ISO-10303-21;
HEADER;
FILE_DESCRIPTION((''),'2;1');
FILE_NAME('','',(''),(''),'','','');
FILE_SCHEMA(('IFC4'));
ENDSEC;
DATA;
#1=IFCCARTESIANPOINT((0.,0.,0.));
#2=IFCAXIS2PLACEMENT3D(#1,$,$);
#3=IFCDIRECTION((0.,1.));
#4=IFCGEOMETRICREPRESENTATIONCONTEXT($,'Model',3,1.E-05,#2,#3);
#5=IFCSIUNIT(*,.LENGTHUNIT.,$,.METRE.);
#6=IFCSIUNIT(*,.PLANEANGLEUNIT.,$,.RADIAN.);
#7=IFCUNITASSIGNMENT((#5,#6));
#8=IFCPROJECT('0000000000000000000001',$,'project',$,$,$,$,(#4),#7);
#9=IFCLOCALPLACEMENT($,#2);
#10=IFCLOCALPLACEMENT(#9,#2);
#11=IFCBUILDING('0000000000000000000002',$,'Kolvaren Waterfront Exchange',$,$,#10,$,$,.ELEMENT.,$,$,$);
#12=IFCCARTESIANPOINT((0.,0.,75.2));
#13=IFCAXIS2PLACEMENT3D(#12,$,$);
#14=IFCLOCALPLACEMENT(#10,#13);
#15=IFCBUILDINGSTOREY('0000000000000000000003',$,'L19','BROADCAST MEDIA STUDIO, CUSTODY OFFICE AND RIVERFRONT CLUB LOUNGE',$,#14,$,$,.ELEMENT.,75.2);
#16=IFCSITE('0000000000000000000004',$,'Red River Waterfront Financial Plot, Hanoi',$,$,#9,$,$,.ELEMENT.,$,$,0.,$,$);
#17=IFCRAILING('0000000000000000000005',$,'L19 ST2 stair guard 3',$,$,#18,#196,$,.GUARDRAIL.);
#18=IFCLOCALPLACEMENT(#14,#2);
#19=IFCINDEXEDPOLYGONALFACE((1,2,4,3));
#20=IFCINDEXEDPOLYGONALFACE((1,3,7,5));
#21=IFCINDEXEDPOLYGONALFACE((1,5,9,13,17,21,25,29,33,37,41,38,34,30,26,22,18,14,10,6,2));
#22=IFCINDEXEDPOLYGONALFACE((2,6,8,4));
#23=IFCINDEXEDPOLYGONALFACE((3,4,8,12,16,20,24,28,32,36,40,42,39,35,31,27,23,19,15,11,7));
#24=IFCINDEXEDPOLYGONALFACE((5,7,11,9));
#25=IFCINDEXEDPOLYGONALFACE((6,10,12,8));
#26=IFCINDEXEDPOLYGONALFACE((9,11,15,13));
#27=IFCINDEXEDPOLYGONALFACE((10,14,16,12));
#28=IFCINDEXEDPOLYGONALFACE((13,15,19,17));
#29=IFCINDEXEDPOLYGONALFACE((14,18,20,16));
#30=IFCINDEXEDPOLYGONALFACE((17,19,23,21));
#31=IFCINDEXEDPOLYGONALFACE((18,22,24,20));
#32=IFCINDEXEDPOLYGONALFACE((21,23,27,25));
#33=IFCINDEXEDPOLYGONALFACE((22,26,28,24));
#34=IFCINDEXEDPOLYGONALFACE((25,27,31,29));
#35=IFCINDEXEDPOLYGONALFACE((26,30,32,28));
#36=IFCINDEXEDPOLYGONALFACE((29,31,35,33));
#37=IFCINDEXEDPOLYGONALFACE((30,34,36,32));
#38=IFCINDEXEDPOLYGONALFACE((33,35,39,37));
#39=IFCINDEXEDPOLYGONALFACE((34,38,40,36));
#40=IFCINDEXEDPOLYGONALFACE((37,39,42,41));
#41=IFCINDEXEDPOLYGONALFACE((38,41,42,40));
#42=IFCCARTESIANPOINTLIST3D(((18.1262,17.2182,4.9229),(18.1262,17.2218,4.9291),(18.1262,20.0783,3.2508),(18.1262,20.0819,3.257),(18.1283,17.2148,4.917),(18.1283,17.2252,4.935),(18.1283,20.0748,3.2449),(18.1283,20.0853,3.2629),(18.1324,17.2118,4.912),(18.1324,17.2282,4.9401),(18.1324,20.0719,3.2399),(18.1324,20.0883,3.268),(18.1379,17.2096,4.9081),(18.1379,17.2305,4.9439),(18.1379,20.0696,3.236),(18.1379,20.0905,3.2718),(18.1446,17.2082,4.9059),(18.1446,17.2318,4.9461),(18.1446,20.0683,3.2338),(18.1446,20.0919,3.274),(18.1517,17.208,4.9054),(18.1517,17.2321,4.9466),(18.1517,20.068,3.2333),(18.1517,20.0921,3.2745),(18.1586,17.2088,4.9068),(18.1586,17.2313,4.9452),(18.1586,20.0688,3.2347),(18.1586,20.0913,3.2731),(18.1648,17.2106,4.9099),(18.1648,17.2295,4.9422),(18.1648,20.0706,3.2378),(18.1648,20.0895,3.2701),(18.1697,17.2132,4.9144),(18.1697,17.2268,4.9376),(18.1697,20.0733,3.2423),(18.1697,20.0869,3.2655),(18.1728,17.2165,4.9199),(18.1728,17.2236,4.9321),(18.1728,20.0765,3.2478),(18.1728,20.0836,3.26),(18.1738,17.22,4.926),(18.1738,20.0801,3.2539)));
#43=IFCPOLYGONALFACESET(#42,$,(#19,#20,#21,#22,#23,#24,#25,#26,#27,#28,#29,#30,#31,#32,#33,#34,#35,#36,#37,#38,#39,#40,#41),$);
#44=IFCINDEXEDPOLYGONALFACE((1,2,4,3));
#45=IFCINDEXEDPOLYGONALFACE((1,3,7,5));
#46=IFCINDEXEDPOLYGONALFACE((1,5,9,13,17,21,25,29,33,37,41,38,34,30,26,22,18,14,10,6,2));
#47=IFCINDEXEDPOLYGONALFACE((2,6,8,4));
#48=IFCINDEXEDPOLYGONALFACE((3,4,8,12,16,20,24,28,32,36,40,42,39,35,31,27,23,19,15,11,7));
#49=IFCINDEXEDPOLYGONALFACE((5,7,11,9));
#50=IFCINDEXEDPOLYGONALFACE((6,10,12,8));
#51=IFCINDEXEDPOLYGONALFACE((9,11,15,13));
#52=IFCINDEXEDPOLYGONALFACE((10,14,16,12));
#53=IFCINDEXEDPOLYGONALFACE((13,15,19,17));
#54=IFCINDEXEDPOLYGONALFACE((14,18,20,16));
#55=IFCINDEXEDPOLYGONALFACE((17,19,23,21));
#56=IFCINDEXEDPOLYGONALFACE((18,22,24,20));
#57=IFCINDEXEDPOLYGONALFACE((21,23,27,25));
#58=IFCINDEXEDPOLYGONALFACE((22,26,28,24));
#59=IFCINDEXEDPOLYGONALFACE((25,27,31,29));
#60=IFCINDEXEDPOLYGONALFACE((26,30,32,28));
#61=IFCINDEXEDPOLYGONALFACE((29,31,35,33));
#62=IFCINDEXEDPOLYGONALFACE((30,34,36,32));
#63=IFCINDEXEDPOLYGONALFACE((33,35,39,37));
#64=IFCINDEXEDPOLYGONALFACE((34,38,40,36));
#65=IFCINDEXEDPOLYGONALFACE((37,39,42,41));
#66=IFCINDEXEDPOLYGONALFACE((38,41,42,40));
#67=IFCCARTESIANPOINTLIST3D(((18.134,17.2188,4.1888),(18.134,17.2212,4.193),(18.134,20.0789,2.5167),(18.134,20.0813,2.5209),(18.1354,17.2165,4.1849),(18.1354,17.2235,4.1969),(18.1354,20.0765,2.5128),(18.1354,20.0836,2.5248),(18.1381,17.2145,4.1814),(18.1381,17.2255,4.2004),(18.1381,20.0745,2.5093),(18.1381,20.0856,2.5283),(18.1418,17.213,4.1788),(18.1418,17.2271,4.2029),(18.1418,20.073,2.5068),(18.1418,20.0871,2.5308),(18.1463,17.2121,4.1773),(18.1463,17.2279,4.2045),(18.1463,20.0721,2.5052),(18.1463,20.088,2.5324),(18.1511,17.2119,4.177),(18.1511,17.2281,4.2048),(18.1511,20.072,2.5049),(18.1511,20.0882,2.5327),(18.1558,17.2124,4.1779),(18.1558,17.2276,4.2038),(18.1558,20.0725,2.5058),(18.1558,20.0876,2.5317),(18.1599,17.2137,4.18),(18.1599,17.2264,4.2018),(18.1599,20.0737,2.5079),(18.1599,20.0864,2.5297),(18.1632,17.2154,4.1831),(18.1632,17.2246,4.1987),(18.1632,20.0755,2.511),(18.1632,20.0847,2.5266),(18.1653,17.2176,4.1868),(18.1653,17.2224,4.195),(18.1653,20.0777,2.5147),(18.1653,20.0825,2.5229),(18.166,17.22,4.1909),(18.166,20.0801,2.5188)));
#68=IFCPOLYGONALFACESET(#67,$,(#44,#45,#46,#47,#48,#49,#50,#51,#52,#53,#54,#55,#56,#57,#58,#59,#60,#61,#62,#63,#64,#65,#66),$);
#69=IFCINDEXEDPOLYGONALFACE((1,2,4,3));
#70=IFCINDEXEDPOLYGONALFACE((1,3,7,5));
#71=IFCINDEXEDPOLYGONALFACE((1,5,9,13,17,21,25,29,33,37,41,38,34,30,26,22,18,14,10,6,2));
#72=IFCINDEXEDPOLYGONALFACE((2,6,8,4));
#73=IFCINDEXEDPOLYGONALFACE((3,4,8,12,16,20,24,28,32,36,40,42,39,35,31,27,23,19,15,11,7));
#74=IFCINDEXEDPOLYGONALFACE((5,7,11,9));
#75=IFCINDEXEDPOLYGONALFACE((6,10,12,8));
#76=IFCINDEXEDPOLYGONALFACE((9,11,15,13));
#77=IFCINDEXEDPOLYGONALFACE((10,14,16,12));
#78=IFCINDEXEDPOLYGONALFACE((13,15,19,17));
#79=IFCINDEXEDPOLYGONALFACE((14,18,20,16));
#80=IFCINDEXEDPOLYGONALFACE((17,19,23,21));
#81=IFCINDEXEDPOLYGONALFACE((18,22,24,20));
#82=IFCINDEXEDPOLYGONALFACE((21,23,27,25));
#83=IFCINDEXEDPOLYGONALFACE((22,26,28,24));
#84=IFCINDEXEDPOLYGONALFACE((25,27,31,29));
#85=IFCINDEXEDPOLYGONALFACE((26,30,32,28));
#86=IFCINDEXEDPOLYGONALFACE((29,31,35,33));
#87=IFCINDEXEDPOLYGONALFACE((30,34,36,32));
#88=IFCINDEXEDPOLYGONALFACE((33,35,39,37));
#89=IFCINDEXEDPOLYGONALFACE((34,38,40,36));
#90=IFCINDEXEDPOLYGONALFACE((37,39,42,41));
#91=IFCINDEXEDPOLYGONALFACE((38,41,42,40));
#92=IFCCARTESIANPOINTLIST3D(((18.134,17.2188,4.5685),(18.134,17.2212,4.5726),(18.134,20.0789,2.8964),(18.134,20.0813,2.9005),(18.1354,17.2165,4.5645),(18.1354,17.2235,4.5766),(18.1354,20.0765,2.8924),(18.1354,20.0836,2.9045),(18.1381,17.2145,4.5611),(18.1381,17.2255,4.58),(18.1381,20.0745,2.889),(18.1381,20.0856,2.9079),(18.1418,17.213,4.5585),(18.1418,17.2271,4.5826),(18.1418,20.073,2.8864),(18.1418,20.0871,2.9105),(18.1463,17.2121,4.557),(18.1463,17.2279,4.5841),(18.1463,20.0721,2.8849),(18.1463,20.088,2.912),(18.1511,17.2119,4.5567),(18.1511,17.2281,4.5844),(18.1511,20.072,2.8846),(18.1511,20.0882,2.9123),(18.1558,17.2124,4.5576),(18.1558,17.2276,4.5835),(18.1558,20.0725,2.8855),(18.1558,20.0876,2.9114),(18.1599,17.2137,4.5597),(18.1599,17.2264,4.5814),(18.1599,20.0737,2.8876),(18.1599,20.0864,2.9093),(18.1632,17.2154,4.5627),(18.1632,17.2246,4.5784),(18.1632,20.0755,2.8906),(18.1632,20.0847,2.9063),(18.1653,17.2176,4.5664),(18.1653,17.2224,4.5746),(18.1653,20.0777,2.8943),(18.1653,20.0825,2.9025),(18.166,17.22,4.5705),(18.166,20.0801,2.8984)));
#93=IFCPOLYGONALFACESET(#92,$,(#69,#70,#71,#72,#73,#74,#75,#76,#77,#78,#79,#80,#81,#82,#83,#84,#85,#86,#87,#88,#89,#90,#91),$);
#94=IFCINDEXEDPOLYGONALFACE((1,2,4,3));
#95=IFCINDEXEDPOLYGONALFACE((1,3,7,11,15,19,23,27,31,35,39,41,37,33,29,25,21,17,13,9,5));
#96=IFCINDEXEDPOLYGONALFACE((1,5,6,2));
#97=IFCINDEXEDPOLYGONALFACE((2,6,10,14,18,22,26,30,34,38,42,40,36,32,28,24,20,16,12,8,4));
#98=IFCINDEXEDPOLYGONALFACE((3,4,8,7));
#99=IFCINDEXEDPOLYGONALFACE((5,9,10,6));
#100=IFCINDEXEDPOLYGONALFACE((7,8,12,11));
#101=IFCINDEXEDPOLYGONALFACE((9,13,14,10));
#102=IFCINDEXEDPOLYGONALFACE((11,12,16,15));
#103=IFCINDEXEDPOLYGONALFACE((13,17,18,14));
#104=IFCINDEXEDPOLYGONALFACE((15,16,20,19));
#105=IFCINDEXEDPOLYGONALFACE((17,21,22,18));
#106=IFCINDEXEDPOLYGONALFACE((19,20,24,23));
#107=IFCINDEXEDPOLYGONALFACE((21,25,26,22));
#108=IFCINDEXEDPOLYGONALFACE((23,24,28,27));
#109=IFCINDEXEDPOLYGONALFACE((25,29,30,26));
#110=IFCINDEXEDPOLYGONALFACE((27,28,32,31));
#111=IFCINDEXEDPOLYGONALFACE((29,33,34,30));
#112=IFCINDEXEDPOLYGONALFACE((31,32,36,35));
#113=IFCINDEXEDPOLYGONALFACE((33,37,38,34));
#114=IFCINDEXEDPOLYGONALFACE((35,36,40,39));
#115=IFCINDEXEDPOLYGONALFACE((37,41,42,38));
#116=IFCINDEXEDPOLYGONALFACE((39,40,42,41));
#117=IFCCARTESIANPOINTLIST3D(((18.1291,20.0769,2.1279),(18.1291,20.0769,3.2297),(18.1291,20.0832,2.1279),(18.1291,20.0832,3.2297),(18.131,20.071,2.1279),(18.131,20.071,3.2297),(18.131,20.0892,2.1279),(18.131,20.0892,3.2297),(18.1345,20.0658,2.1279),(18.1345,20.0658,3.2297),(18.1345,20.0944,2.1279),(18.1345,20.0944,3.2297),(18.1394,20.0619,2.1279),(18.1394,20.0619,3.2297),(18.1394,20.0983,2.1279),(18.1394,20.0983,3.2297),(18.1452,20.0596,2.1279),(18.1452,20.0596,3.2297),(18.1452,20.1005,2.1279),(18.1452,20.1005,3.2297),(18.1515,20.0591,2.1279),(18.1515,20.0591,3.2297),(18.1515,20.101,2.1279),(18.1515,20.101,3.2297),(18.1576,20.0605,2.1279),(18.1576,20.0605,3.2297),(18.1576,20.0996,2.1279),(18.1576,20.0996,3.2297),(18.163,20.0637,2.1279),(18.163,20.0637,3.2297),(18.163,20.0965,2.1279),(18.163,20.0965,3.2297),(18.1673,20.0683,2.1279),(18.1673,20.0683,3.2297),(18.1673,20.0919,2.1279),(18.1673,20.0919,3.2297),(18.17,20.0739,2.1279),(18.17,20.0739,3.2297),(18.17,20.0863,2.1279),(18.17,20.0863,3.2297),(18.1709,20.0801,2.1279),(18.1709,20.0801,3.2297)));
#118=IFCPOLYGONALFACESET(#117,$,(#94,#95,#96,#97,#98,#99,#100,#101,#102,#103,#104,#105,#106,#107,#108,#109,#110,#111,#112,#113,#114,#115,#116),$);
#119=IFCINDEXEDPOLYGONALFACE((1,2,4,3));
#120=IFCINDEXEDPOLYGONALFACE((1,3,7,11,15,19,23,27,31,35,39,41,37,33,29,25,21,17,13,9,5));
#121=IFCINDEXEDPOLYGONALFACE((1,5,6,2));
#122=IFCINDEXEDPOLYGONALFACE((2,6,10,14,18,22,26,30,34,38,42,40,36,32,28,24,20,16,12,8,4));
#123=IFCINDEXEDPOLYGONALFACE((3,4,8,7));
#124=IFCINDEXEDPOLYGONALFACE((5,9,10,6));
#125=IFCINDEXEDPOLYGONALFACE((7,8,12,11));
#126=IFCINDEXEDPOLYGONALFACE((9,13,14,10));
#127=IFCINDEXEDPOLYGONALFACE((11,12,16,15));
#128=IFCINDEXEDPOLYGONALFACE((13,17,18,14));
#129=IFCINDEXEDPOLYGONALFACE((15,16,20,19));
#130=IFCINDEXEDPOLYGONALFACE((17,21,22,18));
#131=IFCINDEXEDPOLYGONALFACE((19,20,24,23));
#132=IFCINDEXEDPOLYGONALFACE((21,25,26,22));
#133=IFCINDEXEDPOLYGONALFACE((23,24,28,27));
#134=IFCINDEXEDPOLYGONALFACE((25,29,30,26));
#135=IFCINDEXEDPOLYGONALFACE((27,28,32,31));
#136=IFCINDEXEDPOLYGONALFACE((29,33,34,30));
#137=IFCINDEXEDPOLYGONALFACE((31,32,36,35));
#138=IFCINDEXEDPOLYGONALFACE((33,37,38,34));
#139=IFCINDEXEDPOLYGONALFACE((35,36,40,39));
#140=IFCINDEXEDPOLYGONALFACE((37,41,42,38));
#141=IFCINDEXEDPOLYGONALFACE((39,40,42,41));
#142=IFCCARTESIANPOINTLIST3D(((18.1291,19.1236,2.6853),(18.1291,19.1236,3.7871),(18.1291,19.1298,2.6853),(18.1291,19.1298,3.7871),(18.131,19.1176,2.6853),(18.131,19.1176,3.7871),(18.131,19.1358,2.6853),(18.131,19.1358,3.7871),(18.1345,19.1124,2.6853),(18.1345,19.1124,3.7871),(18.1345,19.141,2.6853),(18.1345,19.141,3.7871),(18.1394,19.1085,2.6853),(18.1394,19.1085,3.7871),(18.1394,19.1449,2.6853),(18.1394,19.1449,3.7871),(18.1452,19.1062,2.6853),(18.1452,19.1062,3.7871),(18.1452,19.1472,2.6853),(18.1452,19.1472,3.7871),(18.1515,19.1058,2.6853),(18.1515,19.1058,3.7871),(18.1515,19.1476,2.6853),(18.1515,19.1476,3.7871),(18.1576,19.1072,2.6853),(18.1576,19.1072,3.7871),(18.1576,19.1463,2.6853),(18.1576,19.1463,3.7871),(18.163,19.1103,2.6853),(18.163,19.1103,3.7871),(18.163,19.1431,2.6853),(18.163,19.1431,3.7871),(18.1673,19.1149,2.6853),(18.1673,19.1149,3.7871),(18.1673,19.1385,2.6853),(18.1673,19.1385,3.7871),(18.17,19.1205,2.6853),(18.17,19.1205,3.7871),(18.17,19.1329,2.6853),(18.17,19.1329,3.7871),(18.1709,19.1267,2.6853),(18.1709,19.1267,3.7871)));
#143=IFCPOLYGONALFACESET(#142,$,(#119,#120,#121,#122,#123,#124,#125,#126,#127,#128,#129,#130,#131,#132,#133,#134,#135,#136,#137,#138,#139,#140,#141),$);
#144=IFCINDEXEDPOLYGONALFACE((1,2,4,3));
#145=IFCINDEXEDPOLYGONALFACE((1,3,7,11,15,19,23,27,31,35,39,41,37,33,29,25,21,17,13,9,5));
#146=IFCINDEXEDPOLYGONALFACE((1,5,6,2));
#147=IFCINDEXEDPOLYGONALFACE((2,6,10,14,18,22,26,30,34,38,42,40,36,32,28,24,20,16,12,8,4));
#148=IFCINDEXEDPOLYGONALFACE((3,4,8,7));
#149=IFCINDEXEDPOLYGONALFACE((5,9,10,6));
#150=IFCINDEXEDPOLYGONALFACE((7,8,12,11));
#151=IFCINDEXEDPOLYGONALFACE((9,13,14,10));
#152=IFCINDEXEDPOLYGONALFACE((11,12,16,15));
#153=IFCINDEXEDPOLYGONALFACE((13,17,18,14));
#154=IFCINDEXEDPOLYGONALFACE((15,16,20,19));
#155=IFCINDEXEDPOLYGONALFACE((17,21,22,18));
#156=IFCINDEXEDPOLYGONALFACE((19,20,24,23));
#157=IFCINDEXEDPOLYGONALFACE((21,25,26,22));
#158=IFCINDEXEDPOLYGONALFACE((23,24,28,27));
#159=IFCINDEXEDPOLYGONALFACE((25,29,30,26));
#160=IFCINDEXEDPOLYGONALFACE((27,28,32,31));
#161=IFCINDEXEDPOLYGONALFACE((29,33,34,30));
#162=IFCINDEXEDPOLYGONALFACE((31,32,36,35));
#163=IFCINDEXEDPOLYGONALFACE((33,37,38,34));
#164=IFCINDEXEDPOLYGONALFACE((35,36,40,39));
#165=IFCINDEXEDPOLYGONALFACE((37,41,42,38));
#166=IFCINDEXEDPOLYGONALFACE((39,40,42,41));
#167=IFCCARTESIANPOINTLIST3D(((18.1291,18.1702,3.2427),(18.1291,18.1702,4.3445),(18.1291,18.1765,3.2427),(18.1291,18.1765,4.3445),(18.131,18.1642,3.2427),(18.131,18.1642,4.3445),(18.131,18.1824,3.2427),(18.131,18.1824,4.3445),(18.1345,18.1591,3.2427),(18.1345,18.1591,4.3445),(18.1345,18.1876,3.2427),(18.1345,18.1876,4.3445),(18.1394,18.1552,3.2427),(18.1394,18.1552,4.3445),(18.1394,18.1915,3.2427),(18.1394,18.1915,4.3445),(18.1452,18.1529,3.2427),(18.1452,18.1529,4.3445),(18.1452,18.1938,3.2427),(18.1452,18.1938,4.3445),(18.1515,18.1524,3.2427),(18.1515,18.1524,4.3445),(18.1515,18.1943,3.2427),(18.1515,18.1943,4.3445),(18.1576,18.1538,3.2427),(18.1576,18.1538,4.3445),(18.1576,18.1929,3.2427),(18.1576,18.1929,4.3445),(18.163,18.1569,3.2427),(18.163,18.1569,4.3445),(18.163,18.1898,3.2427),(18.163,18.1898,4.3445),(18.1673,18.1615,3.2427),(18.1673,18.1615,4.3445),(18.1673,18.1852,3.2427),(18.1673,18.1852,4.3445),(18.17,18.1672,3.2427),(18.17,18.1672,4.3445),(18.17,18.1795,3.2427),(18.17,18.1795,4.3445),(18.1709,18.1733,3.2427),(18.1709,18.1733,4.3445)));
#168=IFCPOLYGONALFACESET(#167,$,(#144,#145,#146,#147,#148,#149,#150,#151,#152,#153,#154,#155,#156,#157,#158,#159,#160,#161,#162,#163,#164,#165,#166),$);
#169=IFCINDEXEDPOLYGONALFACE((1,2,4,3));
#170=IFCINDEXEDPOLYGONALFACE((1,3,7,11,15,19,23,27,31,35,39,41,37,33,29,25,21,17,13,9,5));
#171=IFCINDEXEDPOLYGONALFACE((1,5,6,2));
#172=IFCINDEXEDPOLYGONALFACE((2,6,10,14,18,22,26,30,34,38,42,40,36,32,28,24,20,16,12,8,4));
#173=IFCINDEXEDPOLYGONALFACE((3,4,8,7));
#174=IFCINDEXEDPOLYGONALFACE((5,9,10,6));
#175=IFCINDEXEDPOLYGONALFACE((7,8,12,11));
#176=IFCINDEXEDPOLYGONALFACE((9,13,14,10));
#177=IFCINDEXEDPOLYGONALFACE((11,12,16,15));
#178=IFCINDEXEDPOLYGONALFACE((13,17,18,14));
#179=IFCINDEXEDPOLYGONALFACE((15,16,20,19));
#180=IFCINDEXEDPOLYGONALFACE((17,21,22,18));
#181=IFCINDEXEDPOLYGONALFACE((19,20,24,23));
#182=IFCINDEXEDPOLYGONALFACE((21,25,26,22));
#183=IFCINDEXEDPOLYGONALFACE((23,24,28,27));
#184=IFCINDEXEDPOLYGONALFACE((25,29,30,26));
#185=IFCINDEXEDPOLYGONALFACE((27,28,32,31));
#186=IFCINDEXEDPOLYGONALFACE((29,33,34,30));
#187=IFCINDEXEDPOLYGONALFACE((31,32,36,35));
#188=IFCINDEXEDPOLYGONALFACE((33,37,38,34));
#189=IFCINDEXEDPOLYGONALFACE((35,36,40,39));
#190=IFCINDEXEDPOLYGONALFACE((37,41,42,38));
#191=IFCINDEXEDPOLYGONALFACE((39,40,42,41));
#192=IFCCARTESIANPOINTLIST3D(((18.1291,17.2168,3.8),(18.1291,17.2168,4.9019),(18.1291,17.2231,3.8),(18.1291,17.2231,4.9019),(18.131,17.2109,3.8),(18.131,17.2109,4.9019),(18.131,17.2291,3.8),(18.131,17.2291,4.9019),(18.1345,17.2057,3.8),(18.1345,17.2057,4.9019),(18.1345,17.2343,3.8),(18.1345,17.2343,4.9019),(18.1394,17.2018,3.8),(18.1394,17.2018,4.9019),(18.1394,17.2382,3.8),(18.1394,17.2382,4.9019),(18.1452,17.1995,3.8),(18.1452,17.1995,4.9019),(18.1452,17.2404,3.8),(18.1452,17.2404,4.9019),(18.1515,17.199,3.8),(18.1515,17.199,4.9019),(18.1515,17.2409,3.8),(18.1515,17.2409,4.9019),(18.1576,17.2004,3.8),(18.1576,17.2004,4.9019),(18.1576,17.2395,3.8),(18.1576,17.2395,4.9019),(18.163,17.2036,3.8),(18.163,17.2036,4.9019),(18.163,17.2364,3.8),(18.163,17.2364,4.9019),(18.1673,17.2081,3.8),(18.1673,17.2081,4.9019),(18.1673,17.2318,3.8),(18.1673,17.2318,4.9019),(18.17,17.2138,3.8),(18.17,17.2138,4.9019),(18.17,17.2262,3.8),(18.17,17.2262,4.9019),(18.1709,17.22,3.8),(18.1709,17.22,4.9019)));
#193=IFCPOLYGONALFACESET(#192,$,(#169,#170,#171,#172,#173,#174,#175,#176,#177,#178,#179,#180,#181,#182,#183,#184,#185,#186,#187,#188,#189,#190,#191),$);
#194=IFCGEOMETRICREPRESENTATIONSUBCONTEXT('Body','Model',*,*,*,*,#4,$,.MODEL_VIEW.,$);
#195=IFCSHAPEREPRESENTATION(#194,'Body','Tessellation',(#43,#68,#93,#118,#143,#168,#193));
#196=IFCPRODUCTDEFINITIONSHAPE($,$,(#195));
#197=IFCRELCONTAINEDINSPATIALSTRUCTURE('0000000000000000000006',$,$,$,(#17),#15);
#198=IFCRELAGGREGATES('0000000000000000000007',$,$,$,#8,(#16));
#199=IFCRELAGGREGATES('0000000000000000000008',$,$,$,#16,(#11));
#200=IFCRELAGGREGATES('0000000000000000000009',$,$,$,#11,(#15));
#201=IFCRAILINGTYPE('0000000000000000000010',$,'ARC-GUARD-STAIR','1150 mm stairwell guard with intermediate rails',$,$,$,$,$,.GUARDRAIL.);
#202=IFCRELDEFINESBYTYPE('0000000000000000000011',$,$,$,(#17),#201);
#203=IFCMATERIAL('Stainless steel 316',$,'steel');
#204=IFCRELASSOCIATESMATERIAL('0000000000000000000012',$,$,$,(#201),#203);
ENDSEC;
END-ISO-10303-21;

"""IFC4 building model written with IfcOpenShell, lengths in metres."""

from ifc_helpers import new_model, si_unit, direction, frame, origin, origin_2d, place, context, subcontext, project, spatial, circle, extrude, material, type_object, element, save


model = new_model("IFC4")

# Units and contexts
model_context = context("Model", 3, precision=1e-05, world=origin(), true_north=direction((0.0, 1.0)))
body_context = subcontext(model_context, "Body", "Model", "MODEL_VIEW")
ifc_project = project(units=[si_unit("LENGTHUNIT", "METRE"), si_unit("PLANEANGLEUNIT", "RADIAN")], contexts=[model_context])

# Site, building, storey
site_placement = place(None, origin())
site = spatial("IfcSite", under=ifc_project, at=site_placement, Name="Red River Waterfront Financial Plot, Hanoi", CompositionType="ELEMENT", RefElevation=0.0)
building_placement = place(site_placement, origin())
building = spatial("IfcBuilding", under=site, at=building_placement, Name="Kolvaren Waterfront Exchange", CompositionType="ELEMENT")
storey_placement = place(building_placement, frame((0.0, 0.0, 75.2)))
storey = spatial("IfcBuildingStorey", under=building, at=storey_placement, Name="L19", Description="BROADCAST MEDIA STUDIO, CUSTODY OFFICE AND RIVERFRONT CLUB LOUNGE", CompositionType="ELEMENT", Elevation=75.2)

# Railing
ifc_material_1 = material(Name="Stainless steel 316", Category="steel")
railing_type_1 = type_object("IfcRailingType", Name="ARC-GUARD-STAIR", Description="1150 mm stairwell guard with intermediate rails", PredefinedType="GUARDRAIL", material=ifc_material_1)
railing_1_placement = place(storey_placement, frame((18.1499, 20.0801, 2.1279)))
element("IfcRailing", 1, at=railing_1_placement, inside=storey, type_object=railing_type_1, Name="L19 ST2 stair guard 3", PredefinedType="GUARDRAIL", context=body_context, shape_type="SweptSolid", body=[
    extrude(circle(Radius=0.0239, at=origin_2d()), frame((0.0, 0.0, 1.126), z_axis=(0.0, -0.863289, 0.504709), x_axis=(1.0, 0.0, 0.0)), (0.0, 0.0, 1.0), 3.313),
    extrude(circle(Radius=0.0161, at=origin_2d()), frame((0.0, 0.0, 0.3909), z_axis=(0.0, -0.863289, 0.504709), x_axis=(1.0, 0.0, 0.0)), (0.0, 0.0, 1.0), 3.313),
    extrude(circle(Radius=0.0161, at=origin_2d()), frame((0.0, 0.0, 0.7705), z_axis=(0.0, -0.863289, 0.504709), x_axis=(1.0, 0.0, 0.0)), (0.0, 0.0, 1.0), 3.313),
    extrude(circle(Radius=0.021, at=origin_2d()), origin(), (0.0, 0.0, 1.0), 1.1018),
    extrude(circle(Radius=0.021, at=origin_2d()), frame((0.0, -0.9534, 0.5574)), (0.0, 0.0, 1.0), 1.1018),
    extrude(circle(Radius=0.021, at=origin_2d()), frame((0.0, -1.9067, 1.1147)), (0.0, 0.0, 1.0), 1.1018),
    extrude(circle(Radius=0.021, at=origin_2d()), frame((0.0, -2.8601, 1.6721)), (0.0, 0.0, 1.0), 1.1018),
])

save(model, "model.ifc")
